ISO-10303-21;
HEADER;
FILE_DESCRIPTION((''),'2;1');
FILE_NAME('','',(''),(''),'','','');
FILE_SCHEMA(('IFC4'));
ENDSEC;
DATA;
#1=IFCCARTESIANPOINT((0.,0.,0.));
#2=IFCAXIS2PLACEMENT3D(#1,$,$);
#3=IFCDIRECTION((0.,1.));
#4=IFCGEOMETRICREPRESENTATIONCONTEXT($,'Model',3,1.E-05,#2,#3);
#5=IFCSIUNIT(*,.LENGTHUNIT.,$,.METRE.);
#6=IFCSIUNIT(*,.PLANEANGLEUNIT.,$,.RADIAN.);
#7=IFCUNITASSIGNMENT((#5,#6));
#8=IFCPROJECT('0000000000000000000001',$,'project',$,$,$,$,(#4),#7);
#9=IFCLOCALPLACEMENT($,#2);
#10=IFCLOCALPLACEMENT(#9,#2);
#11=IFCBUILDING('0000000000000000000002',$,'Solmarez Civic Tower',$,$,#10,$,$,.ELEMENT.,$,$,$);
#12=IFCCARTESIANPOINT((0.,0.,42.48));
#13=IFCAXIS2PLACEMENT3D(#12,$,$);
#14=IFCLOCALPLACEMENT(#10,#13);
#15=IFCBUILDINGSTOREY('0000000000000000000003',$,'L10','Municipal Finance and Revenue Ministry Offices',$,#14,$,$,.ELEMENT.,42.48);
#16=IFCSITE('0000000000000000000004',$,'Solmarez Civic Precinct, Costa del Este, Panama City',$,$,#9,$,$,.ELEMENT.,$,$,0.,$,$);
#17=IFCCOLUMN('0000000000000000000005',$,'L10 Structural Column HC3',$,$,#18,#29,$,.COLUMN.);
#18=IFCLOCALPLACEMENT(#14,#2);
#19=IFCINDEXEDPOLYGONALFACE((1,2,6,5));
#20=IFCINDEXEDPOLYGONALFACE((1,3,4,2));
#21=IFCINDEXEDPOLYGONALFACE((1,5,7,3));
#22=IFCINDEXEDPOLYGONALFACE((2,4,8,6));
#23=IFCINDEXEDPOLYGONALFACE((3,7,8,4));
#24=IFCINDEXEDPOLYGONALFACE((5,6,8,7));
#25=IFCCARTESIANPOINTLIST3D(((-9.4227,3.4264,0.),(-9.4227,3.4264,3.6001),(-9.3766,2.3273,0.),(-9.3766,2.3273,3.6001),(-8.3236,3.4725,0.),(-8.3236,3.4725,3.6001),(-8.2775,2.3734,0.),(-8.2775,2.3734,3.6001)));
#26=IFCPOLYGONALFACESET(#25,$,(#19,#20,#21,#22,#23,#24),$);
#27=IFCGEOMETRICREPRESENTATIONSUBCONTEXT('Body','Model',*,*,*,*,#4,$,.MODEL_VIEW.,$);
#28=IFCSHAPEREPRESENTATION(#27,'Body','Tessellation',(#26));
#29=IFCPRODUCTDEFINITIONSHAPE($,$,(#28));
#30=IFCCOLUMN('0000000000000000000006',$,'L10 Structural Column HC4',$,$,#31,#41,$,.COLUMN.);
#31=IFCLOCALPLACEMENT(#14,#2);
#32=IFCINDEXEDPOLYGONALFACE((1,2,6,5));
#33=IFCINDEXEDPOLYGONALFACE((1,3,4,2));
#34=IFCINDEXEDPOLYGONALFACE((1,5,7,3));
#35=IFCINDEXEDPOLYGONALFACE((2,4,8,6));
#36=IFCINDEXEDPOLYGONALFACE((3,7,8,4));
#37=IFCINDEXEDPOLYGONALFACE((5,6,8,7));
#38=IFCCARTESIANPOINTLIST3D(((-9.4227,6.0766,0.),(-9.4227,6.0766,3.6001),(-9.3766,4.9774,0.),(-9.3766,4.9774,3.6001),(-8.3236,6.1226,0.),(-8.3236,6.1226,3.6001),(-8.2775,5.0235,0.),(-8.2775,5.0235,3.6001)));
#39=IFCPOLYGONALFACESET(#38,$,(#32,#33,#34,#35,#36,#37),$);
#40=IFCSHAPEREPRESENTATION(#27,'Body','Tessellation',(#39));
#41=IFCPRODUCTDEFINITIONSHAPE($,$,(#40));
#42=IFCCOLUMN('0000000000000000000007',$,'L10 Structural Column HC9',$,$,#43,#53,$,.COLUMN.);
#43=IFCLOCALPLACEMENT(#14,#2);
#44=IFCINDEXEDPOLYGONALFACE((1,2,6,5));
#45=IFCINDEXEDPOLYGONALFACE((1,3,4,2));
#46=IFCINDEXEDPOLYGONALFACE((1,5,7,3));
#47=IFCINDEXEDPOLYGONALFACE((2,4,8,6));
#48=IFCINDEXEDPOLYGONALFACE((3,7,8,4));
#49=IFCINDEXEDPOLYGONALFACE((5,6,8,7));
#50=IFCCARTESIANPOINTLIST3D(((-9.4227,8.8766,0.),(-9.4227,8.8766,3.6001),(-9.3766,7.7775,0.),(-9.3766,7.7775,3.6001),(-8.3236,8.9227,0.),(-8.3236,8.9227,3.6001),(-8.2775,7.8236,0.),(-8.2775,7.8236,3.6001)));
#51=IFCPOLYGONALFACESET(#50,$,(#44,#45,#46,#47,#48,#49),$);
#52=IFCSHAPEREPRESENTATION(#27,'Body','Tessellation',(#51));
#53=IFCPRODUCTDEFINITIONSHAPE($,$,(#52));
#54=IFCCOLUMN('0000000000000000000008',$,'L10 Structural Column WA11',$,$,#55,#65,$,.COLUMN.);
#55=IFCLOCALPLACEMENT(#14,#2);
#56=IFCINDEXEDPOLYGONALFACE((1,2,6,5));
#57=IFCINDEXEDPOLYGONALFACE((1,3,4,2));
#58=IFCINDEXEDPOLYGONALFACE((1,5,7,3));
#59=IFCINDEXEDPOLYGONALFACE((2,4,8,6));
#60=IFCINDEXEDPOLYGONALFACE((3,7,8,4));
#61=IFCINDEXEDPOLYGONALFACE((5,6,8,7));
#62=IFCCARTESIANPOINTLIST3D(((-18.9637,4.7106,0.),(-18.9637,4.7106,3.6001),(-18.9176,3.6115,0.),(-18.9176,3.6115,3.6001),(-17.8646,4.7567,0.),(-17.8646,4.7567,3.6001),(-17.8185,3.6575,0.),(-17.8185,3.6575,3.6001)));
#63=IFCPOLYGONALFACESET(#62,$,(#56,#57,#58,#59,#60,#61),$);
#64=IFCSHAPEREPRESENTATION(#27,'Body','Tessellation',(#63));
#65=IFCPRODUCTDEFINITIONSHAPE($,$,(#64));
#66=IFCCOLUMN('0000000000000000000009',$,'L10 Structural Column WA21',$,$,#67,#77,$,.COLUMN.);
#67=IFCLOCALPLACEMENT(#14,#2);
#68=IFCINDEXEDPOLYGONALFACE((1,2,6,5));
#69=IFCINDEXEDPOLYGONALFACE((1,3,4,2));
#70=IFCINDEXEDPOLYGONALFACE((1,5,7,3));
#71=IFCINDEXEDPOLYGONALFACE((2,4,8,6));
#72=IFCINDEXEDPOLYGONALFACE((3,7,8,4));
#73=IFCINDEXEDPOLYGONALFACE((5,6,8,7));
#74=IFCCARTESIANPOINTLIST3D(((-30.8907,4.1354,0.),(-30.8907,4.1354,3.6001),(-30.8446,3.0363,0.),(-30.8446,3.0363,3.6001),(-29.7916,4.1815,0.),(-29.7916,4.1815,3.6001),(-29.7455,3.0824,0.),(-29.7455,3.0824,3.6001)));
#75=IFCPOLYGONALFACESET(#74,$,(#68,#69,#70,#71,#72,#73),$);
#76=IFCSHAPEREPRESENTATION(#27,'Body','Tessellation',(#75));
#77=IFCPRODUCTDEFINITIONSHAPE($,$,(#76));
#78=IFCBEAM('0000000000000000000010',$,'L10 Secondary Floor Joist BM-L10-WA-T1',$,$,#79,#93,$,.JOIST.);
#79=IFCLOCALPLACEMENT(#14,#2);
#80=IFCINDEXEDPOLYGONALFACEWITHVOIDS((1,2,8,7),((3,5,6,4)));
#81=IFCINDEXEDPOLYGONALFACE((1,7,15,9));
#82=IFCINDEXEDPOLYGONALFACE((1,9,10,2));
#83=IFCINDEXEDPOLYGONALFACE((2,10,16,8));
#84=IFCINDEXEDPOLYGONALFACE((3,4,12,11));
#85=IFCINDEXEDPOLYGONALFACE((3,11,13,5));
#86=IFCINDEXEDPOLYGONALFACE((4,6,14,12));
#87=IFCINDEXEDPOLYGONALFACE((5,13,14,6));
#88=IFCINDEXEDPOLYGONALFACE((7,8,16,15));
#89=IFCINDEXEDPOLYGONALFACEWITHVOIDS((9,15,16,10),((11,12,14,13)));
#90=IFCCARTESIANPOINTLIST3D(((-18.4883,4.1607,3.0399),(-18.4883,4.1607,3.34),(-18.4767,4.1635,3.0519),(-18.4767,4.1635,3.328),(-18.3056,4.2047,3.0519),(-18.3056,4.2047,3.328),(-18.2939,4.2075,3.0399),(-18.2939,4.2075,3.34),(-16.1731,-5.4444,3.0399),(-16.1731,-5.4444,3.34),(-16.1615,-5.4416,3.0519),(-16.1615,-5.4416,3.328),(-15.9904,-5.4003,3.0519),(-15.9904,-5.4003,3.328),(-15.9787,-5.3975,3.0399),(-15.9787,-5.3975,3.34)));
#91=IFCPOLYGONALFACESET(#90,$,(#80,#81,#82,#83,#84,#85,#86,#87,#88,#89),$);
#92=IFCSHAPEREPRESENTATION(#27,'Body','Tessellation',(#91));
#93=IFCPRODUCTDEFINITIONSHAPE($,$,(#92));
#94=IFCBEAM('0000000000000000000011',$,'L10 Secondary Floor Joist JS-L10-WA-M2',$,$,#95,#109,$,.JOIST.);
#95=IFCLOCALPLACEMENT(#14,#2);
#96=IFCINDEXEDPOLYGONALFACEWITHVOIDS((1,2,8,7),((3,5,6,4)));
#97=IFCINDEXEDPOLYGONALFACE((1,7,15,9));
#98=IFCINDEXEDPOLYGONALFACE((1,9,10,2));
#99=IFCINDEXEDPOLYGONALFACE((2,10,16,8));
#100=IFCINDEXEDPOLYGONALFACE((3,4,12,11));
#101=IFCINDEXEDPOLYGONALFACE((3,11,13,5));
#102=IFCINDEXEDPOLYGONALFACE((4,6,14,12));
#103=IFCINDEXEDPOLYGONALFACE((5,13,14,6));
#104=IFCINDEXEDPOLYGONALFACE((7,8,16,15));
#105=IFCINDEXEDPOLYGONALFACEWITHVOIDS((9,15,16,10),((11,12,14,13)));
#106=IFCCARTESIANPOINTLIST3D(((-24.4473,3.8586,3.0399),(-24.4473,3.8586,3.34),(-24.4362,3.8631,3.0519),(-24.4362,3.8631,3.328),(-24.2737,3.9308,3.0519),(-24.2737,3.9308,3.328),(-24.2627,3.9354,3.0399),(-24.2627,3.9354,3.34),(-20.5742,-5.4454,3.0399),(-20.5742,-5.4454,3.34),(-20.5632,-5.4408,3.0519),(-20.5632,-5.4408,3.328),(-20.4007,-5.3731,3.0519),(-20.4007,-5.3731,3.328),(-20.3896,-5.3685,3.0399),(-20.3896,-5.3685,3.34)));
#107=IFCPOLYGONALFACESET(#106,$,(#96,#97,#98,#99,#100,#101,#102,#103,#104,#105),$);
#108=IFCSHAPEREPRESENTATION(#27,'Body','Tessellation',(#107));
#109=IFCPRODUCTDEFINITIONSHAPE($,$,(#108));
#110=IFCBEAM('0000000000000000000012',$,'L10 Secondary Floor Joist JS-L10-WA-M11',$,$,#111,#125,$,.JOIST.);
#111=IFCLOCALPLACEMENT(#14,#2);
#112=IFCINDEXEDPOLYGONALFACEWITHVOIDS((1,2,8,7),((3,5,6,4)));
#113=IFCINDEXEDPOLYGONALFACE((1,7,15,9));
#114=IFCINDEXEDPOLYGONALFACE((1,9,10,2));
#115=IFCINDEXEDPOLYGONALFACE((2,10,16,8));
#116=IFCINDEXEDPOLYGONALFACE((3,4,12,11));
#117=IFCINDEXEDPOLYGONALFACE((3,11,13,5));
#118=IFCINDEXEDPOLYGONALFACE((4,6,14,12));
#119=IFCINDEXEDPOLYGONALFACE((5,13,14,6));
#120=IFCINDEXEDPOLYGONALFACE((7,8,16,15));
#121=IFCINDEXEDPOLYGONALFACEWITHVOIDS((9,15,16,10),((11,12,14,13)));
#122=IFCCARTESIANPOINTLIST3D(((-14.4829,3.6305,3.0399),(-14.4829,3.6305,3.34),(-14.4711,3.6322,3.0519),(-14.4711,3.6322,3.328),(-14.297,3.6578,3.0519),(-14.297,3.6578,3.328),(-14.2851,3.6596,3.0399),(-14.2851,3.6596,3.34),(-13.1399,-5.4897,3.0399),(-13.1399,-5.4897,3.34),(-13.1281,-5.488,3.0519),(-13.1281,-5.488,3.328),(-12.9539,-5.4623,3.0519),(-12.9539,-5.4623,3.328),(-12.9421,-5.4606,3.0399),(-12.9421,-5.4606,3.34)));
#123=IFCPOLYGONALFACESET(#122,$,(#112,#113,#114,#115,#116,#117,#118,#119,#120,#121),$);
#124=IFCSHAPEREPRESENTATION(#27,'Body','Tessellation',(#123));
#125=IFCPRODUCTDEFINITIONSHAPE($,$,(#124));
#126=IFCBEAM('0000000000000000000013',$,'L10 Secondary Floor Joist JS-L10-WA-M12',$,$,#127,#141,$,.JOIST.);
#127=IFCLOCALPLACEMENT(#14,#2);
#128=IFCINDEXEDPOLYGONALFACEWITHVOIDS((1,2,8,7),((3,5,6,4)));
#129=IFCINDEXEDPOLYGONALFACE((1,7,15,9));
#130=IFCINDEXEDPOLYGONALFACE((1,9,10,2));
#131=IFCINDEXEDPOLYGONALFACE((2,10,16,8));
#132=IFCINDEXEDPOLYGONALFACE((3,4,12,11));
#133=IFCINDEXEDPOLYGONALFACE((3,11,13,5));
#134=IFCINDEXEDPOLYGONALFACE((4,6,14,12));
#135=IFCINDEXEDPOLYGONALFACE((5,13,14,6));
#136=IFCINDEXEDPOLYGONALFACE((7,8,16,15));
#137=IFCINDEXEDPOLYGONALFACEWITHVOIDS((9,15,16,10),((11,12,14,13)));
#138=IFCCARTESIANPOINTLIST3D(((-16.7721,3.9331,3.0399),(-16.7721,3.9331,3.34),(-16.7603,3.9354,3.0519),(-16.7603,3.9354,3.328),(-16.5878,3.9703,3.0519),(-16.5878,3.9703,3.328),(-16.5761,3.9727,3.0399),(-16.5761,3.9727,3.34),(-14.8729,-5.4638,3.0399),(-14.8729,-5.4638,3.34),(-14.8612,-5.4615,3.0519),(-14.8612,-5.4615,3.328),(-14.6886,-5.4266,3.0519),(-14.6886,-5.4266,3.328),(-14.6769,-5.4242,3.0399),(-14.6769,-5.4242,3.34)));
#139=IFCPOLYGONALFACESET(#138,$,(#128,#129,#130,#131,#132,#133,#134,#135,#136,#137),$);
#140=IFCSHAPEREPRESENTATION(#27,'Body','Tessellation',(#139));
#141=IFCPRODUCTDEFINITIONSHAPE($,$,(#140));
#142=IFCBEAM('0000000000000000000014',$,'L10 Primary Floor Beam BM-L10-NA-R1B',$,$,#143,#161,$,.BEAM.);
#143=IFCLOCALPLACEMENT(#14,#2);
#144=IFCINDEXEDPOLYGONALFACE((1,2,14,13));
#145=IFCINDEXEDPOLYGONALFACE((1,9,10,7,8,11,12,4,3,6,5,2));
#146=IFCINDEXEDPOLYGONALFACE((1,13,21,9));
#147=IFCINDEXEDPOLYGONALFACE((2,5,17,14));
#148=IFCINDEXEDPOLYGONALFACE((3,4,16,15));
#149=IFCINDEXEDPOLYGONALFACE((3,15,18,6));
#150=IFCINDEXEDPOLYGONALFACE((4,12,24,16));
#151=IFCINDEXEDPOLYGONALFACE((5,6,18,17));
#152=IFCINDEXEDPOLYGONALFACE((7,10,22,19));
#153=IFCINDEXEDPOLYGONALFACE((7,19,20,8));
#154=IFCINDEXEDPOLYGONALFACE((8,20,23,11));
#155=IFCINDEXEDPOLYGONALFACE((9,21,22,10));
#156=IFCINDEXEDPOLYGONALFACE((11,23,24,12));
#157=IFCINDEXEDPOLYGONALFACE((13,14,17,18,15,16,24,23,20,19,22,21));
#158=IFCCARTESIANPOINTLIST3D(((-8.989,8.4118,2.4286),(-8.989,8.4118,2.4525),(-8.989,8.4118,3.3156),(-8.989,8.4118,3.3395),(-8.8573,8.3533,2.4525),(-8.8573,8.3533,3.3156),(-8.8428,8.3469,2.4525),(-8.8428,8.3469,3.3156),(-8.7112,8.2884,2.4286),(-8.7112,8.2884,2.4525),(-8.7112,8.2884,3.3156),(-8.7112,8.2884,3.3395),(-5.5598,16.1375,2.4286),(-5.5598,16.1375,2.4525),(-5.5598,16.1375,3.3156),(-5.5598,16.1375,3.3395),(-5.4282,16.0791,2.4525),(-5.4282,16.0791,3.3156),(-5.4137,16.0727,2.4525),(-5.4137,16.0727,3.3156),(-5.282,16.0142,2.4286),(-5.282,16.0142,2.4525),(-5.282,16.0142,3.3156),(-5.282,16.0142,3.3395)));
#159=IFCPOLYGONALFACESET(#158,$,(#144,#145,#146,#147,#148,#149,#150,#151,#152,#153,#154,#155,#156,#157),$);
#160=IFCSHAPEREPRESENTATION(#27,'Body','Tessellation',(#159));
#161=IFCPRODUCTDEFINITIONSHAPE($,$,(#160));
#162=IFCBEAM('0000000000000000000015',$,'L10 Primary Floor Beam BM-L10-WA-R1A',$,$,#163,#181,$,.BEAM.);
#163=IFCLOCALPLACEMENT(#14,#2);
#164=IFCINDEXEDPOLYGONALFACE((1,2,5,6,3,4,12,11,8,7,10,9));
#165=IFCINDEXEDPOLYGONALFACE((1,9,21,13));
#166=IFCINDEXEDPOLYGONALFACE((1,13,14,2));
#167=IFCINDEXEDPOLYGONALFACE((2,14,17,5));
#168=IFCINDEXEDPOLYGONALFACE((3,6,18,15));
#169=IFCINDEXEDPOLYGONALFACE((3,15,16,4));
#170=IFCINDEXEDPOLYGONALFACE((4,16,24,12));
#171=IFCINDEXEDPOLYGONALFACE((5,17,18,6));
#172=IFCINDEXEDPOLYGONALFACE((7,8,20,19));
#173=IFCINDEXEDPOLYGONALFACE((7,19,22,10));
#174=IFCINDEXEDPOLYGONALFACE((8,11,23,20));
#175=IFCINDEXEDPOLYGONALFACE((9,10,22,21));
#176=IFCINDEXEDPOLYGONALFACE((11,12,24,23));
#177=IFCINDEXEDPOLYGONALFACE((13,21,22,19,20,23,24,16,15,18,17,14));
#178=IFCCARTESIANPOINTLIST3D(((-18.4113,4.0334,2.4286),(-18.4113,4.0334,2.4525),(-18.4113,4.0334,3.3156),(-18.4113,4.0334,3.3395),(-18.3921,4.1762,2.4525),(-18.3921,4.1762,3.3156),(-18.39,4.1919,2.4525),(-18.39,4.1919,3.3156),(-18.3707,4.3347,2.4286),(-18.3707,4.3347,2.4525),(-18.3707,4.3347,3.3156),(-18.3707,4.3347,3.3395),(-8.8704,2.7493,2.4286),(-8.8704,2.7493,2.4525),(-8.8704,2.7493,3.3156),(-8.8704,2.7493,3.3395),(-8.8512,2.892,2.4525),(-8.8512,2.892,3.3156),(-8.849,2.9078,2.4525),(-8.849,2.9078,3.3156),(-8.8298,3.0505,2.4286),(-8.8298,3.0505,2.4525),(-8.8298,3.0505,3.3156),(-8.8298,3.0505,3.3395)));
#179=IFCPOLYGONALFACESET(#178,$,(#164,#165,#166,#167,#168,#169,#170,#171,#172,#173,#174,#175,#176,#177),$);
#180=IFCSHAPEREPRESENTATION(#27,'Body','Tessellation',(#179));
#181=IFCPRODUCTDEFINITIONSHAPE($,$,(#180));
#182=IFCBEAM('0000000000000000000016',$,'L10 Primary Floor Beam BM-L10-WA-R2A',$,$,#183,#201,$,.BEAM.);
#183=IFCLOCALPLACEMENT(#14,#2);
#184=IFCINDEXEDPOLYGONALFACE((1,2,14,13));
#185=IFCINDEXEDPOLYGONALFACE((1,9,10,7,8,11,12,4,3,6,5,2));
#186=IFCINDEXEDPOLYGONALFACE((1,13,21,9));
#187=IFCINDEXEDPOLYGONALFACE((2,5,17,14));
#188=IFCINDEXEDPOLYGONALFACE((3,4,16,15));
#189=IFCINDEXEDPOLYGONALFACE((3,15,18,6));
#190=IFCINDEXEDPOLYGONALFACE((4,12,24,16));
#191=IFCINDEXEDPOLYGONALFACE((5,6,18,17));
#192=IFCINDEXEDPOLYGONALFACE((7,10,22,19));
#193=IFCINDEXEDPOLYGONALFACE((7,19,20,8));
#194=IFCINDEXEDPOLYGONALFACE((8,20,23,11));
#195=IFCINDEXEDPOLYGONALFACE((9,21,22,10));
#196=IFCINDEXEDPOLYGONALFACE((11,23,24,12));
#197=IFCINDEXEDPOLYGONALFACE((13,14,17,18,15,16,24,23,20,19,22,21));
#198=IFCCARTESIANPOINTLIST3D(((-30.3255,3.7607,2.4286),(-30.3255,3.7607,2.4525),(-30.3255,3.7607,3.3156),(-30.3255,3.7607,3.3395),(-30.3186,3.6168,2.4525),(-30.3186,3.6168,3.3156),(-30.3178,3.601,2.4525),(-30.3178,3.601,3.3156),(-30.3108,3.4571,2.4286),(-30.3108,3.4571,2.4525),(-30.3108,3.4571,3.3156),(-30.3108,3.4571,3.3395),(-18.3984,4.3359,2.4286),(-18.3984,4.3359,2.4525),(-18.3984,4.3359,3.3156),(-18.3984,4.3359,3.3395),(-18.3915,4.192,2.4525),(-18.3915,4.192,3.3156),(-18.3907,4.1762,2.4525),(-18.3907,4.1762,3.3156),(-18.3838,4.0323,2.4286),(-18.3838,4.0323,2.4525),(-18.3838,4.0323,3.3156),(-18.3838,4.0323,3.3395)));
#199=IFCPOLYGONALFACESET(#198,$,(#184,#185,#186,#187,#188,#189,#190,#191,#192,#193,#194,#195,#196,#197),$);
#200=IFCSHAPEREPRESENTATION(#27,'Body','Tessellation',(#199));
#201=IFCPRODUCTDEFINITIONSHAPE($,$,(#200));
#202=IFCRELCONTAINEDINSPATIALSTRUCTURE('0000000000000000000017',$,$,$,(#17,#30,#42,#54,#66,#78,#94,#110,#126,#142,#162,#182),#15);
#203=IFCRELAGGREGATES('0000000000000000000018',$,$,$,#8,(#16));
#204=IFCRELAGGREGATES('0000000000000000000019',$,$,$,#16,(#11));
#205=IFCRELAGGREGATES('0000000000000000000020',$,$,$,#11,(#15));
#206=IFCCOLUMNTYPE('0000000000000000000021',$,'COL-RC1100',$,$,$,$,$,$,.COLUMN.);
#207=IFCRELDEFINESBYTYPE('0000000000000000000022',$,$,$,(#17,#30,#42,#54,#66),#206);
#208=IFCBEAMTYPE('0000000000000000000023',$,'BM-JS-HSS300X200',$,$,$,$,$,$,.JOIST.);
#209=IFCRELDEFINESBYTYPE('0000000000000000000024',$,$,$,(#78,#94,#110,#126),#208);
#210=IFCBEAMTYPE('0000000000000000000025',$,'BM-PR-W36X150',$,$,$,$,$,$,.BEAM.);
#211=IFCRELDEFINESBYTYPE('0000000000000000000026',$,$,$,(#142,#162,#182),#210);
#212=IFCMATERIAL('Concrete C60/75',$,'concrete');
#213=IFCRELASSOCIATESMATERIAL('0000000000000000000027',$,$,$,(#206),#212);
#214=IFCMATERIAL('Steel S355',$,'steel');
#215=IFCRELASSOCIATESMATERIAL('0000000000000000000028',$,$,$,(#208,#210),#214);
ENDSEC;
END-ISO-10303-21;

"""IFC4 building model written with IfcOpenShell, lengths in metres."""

from ifc_helpers import new_model, si_unit, direction, frame, origin, origin_2d, place, context, subcontext, project, spatial, rectangle, hollow_rectangle, i_section, extrude, material, material_profile, profile_set, type_object, element, save


model = new_model("IFC4")

# Units and contexts
model_context = context("Model", 3, precision=1e-05, world=origin(), true_north=direction((0.0, 1.0)))
body_context = subcontext(model_context, "Body", "Model", "MODEL_VIEW")
ifc_project = project(units=[si_unit("LENGTHUNIT", "METRE"), si_unit("PLANEANGLEUNIT", "RADIAN")], contexts=[model_context])

# Site, building, storey
site_placement = place(None, origin())
site = spatial("IfcSite", under=ifc_project, at=site_placement, Name="Solmarez Civic Precinct, Costa del Este, Panama City", CompositionType="ELEMENT", RefElevation=0.0)
building_placement = place(site_placement, origin())
building = spatial("IfcBuilding", under=site, at=building_placement, Name="Solmarez Civic Tower", CompositionType="ELEMENT")
storey_placement = place(building_placement, frame((0.0, 0.0, 42.48)))
storey = spatial("IfcBuildingStorey", under=building, at=storey_placement, Name="L10", Description="Municipal Finance and Revenue Ministry Offices", CompositionType="ELEMENT", Elevation=42.48)

# Columns
ifc_material_1 = material(Name="Concrete C60/75", Category="concrete")
ifc_material_profile_1 = material_profile(ifc_material_1, rectangle(XDim=1.1001, YDim=1.1001, at=origin_2d()), Name="RC1100X1100")
ifc_profile_set_1 = profile_set([ifc_material_profile_1], Name="Concrete C60/75")
column_type = type_object("IfcColumnType", Name="COL-RC1100", PredefinedType="COLUMN", material=ifc_profile_set_1)
for number, where, z_axis, x_axis, name in (
    (1, (-8.8501, 2.8999, 0.0), (0.0, 0.0, 1.0), (0.999123, 0.041876, 0.0), "L10 Structural Column HC3"),
    (2, (-8.8501, 5.55, 0.0), (0.0, 0.0, 1.0), (0.999123, 0.041876, 0.0), "L10 Structural Column HC4"),
    (3, (-8.8501, 8.3501, 0.0), (0.0, 0.0, 1.0), (0.999123, 0.041876, 0.0), "L10 Structural Column HC9"),
    (4, (-18.3911, 4.1841, 0.0), (0.0, 0.0, 1.0), (0.999123, 0.041876, 0.0), "L10 Structural Column WA11"),
    (5, (-30.3181, 3.6089, 0.0), (0.0, 0.0, 1.0), (0.999123, 0.041876, 0.0), "L10 Structural Column WA21"),
):
    element("IfcColumn", number, at=place(storey_placement, frame(where, z_axis=z_axis, x_axis=x_axis)), inside=storey, type_object=column_type, Name=name, PredefinedType="COLUMN", context=body_context, shape_type="SweptSolid", body=[
        extrude(rectangle(XDim=1.1001, YDim=1.1001, at=origin_2d()), origin(), (0.0, 0.0, 1.0), 3.6001),
    ])

# Beams
ifc_material_2 = material(Name="Steel S355", Category="steel")
ifc_material_profile_2 = material_profile(ifc_material_2, hollow_rectangle(XDim=0.2, YDim=0.3, WallThickness=0.012, at=origin_2d()), Name="HSS300X200X12")
ifc_profile_set_2 = profile_set([ifc_material_profile_2], Name="Steel S355")
beam_type_1 = type_object("IfcBeamType", Name="BM-JS-HSS300X200", PredefinedType="JOIST", material=ifc_profile_set_2)
beam_1_placement = place(storey_placement, frame((-18.3911, 4.1841, 3.1899), z_axis=(0.234329, -0.972157, 0.0), x_axis=(0.972157, 0.234329, 0.0)))
element("IfcBeam", 6, at=beam_1_placement, inside=storey, type_object=beam_type_1, Name="L10 Secondary Floor Joist BM-L10-WA-T1", PredefinedType="JOIST", context=body_context, shape_type="SweptSolid", body=[
    extrude(hollow_rectangle(XDim=0.2, YDim=0.3, WallThickness=0.012, at=origin_2d()), origin(), (0.0, 0.0, 1.0), 9.8801),
])
beam_2_placement = place(storey_placement, frame((-24.355, 3.897, 3.1899), z_axis=(0.384311, -0.923204, 0.0), x_axis=(0.923204, 0.384311, 0.0)))
element("IfcBeam", 7, at=beam_2_placement, inside=storey, type_object=beam_type_1, Name="L10 Secondary Floor Joist JS-L10-WA-M2", PredefinedType="JOIST", context=body_context, shape_type="SweptSolid", body=[
    extrude(hollow_rectangle(XDim=0.2, YDim=0.3, WallThickness=0.012, at=origin_2d()), origin(), (0.0, 0.0, 1.0), 10.0779),
])
beam_3_placement = place(storey_placement, frame((-14.384, 3.645, 3.1899), z_axis=(0.145688, -0.989331, 0.0), x_axis=(0.989331, 0.145688, 0.0)))
element("IfcBeam", 8, at=beam_3_placement, inside=storey, type_object=beam_type_1, Name="L10 Secondary Floor Joist JS-L10-WA-M11", PredefinedType="JOIST", context=body_context, shape_type="SweptSolid", body=[
    extrude(hollow_rectangle(XDim=0.2, YDim=0.3, WallThickness=0.012, at=origin_2d()), origin(), (0.0, 0.0, 1.0), 9.2185),
])
beam_4_placement = place(storey_placement, frame((-16.6741, 3.9529, 3.1899), z_axis=(0.198099, -0.980182, 0.0), x_axis=(0.980182, 0.198099, 0.0)))
element("IfcBeam", 9, at=beam_4_placement, inside=storey, type_object=beam_type_1, Name="L10 Secondary Floor Joist JS-L10-WA-M12", PredefinedType="JOIST", context=body_context, shape_type="SweptSolid", body=[
    extrude(hollow_rectangle(XDim=0.2, YDim=0.3, WallThickness=0.012, at=origin_2d()), origin(), (0.0, 0.0, 1.0), 9.5869),
])
ifc_material_profile_3 = material_profile(ifc_material_2, i_section(OverallWidth=0.304, OverallDepth=0.9109, WebThickness=0.0159, FlangeThickness=0.0239, at=origin_2d()), Name="W36X150")
ifc_profile_set_3 = profile_set([ifc_material_profile_3], Name="Steel S355")
beam_type_2 = type_object("IfcBeamType", Name="BM-PR-W36X150", PredefinedType="BEAM", material=ifc_profile_set_3)
beam_5_placement = place(storey_placement, frame((-8.8501, 8.3501, 2.884), z_axis=(0.405694, 0.914009, 0.0), x_axis=(-0.914009, 0.405694, 0.0)))
element("IfcBeam", 10, at=beam_5_placement, inside=storey, type_object=beam_type_2, Name="L10 Primary Floor Beam BM-L10-NA-R1B", PredefinedType="BEAM", context=body_context, shape_type="SweptSolid", body=[
    extrude(i_section(OverallWidth=0.304, OverallDepth=0.9109, WebThickness=0.0159, FlangeThickness=0.0239, at=origin_2d()), origin(), (0.0, 0.0, 1.0), 8.4526),
])
beam_6_placement = place(storey_placement, frame((-8.8501, 2.8999, 2.884), z_axis=(-0.991063, 0.133393, 0.0), x_axis=(-0.133393, -0.991063, 0.0)))
element("IfcBeam", 11, at=beam_6_placement, inside=storey, type_object=beam_type_2, Name="L10 Primary Floor Beam BM-L10-WA-R1A", PredefinedType="BEAM", context=body_context, shape_type="SweptSolid", body=[
    extrude(i_section(OverallWidth=0.304, OverallDepth=0.9109, WebThickness=0.0159, FlangeThickness=0.0239, at=origin_2d()), origin(), (0.0, 0.0, 1.0), 9.627),
])
beam_7_placement = place(storey_placement, frame((-18.3911, 4.1841, 2.884), z_axis=(-0.998839, -0.04817, 0.0), x_axis=(0.04817, -0.998839, 0.0)))
element("IfcBeam", 12, at=beam_7_placement, inside=storey, type_object=beam_type_2, Name="L10 Primary Floor Beam BM-L10-WA-R2A", PredefinedType="BEAM", context=body_context, shape_type="SweptSolid", body=[
    extrude(i_section(OverallWidth=0.304, OverallDepth=0.9109, WebThickness=0.0159, FlangeThickness=0.0239, at=origin_2d()), origin(), (0.0, 0.0, 1.0), 11.9409),
])

save(model, "model.ifc")
